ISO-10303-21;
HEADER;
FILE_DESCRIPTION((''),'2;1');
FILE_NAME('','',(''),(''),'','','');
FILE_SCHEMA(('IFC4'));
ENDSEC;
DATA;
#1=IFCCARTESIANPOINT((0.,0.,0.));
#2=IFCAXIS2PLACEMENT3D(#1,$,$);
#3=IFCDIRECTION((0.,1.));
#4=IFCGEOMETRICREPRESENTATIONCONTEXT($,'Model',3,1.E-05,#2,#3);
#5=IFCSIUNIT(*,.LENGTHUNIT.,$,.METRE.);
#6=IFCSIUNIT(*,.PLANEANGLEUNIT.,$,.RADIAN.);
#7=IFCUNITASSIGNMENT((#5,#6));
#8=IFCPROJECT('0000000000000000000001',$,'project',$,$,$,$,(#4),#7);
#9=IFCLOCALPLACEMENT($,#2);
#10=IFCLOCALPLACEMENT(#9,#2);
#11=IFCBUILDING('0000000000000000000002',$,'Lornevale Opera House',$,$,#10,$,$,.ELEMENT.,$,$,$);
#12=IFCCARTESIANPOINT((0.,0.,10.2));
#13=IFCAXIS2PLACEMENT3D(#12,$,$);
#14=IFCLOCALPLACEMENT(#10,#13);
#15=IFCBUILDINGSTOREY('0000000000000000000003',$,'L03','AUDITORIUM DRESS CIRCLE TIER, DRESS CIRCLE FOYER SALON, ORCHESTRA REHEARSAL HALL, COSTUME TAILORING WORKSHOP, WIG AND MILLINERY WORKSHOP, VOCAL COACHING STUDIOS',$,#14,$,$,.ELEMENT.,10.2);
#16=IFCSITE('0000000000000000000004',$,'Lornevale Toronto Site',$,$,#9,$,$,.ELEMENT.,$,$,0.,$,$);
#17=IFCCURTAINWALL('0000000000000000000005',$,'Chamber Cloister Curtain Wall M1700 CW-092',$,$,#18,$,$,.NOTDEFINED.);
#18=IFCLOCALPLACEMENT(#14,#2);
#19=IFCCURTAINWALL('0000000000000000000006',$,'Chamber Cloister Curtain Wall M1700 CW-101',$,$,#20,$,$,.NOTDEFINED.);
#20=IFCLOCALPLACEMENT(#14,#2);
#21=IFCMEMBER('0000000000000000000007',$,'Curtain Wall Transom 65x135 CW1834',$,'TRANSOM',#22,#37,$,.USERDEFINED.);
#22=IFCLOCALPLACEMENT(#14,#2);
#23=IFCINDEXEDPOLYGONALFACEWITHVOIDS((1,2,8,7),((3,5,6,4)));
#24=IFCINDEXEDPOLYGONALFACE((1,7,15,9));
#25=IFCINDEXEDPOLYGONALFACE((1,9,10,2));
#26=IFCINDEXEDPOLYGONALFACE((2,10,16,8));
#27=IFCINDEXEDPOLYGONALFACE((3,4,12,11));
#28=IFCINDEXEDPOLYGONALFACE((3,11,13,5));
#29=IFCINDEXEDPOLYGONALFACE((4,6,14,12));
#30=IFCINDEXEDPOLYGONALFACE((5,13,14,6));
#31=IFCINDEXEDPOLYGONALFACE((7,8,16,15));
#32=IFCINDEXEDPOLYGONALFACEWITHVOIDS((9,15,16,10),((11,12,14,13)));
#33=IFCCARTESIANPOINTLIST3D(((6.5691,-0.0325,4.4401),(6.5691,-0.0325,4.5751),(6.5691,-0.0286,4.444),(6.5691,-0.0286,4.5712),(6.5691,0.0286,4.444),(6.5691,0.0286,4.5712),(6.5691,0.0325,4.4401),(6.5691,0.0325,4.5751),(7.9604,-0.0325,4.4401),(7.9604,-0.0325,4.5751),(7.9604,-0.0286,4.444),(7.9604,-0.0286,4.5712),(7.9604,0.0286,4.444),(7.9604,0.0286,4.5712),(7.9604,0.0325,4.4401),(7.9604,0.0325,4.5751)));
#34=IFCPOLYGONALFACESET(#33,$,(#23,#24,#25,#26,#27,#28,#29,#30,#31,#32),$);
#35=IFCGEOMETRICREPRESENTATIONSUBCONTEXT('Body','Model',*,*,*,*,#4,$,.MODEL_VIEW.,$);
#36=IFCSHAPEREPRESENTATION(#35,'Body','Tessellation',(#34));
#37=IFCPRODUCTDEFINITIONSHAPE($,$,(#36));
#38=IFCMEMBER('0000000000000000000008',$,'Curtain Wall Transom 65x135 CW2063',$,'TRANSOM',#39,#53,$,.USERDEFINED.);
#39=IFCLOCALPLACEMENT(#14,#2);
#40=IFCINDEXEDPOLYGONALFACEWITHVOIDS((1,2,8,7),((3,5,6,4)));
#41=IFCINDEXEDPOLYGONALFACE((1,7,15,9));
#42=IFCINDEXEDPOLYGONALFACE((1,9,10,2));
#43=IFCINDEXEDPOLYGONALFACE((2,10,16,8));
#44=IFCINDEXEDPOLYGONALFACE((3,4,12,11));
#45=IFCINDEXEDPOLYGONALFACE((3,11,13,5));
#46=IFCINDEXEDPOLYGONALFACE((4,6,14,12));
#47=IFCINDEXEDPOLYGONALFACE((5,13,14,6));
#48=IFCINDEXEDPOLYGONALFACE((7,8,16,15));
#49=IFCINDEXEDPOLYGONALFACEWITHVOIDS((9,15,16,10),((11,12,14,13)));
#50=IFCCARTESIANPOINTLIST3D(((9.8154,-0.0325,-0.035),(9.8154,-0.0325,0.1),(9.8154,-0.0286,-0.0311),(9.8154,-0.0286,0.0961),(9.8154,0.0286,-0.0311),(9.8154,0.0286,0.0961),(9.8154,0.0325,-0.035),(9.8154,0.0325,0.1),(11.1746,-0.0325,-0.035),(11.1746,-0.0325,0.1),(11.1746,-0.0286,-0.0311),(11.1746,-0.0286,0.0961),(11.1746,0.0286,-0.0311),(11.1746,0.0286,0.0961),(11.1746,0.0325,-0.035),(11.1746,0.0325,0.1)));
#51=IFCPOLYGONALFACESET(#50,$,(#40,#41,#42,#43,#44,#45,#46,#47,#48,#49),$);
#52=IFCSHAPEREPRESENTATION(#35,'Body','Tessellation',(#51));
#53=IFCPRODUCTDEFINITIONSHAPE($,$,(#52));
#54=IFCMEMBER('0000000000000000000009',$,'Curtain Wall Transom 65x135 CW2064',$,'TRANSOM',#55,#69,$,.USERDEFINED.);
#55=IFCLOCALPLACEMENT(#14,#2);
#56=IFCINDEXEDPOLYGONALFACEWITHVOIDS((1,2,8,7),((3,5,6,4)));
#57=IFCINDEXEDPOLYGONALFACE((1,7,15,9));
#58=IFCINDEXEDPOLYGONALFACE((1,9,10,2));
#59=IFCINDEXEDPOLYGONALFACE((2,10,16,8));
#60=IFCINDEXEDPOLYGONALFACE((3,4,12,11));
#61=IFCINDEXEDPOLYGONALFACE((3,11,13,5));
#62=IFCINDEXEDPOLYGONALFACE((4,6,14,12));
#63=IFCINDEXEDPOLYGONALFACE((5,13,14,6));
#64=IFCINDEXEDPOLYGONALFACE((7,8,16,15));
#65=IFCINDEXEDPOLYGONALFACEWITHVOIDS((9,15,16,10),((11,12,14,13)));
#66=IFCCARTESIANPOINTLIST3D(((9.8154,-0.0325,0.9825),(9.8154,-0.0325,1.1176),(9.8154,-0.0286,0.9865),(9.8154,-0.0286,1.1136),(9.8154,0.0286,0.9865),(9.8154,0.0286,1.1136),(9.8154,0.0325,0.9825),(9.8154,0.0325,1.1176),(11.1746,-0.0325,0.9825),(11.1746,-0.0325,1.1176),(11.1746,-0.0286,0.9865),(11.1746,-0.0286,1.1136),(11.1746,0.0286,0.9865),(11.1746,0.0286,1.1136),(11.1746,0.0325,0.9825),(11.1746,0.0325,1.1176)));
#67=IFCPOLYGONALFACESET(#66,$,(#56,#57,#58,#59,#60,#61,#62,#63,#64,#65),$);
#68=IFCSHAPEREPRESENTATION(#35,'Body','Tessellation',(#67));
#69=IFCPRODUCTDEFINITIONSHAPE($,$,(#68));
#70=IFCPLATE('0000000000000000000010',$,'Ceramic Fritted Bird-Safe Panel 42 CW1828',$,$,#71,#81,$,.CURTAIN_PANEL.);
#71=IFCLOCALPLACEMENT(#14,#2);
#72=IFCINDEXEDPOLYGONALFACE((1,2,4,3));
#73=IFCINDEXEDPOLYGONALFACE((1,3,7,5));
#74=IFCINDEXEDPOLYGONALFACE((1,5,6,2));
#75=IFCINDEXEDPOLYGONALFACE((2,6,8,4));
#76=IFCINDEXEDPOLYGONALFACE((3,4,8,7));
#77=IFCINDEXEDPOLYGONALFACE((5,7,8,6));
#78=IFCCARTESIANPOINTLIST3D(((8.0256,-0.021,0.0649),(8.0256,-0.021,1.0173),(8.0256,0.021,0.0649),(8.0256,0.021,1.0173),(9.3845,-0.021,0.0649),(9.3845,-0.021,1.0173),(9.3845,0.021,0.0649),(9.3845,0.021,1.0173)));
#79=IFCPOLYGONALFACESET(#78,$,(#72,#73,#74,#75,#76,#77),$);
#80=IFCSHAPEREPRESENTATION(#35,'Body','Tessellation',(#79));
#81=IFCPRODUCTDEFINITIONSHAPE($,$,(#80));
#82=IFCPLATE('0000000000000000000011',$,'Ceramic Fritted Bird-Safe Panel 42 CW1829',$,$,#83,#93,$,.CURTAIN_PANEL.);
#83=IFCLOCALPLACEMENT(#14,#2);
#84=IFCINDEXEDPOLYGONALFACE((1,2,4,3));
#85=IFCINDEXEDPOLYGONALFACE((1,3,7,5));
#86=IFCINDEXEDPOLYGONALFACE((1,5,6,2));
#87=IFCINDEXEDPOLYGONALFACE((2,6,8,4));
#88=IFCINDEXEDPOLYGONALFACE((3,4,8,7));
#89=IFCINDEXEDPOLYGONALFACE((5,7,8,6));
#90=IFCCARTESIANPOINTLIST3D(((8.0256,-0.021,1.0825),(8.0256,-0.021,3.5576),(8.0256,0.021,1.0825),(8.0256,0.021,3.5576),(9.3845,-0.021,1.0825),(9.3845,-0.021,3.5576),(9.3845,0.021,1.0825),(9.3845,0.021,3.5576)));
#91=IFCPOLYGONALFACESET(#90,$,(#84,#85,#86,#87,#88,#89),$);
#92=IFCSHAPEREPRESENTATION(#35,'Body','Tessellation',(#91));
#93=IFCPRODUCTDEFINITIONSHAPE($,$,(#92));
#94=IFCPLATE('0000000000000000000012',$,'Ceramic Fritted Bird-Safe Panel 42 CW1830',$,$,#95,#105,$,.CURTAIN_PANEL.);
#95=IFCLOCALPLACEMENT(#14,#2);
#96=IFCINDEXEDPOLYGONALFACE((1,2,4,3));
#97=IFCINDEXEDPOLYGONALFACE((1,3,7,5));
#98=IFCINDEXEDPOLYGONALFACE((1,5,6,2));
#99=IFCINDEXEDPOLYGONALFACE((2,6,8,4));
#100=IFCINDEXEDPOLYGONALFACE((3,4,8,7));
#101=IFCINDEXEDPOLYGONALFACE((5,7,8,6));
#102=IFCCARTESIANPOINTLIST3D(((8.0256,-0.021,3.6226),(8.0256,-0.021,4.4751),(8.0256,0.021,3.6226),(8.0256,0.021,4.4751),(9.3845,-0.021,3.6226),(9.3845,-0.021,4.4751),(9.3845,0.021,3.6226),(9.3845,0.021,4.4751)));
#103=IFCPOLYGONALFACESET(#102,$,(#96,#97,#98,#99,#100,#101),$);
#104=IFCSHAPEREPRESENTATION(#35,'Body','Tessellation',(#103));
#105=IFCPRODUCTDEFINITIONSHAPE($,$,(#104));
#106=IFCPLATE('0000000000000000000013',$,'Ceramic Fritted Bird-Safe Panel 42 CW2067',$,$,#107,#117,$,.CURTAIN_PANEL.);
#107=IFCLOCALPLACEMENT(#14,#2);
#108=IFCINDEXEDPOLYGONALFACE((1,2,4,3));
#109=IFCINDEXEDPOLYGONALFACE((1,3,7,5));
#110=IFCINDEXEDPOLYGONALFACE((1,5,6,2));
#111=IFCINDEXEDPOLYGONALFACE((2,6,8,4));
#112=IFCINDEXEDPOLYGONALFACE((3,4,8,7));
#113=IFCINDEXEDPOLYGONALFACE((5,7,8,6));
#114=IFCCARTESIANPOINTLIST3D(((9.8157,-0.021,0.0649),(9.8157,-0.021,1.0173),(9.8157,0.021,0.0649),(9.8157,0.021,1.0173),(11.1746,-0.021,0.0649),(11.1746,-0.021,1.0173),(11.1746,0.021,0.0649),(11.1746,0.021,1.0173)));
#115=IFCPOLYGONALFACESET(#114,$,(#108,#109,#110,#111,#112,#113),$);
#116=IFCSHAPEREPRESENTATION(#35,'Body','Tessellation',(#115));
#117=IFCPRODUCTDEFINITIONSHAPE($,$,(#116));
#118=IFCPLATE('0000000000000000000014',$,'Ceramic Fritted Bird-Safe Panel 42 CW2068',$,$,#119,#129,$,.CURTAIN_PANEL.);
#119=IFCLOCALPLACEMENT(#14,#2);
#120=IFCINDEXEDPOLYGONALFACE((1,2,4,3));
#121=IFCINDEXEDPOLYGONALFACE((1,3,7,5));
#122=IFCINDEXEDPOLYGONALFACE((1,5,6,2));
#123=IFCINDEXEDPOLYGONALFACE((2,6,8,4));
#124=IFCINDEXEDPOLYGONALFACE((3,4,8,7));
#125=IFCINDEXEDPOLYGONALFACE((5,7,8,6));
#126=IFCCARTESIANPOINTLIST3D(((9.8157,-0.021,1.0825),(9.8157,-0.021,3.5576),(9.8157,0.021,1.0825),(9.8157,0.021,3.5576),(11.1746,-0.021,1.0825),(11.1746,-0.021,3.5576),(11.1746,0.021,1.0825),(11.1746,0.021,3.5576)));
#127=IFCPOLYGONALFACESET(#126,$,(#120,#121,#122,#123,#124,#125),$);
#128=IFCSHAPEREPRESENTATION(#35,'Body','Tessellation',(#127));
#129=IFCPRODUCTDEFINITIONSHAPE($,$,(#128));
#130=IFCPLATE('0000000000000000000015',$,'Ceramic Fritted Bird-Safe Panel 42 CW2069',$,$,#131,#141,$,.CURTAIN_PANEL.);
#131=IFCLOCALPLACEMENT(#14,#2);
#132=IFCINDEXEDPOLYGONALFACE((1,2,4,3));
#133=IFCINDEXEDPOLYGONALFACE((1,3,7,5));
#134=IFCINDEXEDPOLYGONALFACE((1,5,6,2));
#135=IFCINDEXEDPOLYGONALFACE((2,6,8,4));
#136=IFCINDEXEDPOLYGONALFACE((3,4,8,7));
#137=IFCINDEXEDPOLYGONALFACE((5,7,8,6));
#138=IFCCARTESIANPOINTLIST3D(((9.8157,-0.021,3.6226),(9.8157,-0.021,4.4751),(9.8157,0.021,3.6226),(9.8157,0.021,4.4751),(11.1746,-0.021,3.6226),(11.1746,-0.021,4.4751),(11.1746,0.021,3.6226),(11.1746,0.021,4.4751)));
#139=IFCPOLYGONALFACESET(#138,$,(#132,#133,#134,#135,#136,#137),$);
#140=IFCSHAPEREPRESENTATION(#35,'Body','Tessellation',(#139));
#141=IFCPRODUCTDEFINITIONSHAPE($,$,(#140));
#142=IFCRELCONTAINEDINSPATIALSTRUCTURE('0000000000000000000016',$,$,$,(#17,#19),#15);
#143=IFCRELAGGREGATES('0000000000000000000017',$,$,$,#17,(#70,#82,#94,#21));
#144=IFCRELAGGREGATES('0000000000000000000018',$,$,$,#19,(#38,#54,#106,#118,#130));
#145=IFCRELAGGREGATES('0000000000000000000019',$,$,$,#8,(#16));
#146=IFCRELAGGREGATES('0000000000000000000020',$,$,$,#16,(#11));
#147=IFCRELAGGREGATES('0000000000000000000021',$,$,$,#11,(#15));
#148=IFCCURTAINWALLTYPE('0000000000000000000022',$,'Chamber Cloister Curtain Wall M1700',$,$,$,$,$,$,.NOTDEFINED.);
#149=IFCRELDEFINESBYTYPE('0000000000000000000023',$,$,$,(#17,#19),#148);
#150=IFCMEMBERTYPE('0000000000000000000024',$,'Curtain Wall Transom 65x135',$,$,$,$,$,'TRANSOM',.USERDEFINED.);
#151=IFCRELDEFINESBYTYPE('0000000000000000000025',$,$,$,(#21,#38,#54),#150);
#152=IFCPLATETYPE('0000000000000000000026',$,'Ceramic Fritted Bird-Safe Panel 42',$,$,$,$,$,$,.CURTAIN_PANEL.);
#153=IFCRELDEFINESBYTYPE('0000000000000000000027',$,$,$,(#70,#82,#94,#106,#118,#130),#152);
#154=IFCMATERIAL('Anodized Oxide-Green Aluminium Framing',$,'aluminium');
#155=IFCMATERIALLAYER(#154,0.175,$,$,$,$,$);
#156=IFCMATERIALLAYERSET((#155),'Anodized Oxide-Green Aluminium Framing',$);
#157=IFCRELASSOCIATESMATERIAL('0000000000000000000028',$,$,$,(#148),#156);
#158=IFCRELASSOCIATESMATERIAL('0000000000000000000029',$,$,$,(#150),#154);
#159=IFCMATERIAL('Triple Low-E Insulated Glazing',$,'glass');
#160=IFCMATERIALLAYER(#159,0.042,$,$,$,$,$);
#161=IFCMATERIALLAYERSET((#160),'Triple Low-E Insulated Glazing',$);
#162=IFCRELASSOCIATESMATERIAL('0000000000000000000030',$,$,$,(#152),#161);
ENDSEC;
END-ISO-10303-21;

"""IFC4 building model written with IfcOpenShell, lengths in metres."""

from ifc_helpers import new_model, si_unit, direction, frame, origin, origin_2d, place, context, subcontext, project, spatial, rectangle, hollow_rectangle, extrude, material, layer, layer_set, material_profile, profile_set, type_object, element, aggregate, save


model = new_model("IFC4")

# Units and contexts
model_context = context("Model", 3, precision=1e-05, world=origin(), true_north=direction((0.0, 1.0)))
body_context = subcontext(model_context, "Body", "Model", "MODEL_VIEW")
ifc_project = project(units=[si_unit("LENGTHUNIT", "METRE"), si_unit("PLANEANGLEUNIT", "RADIAN")], contexts=[model_context])

# Site, building, storey
site_placement = place(None, origin())
site = spatial("IfcSite", under=ifc_project, at=site_placement, Name="Lornevale Toronto Site", CompositionType="ELEMENT", RefElevation=0.0)
building_placement = place(site_placement, origin())
building = spatial("IfcBuilding", under=site, at=building_placement, Name="Lornevale Opera House", CompositionType="ELEMENT")
storey_placement = place(building_placement, frame((0.0, 0.0, 10.2)))
storey = spatial("IfcBuildingStorey", under=building, at=storey_placement, Name="L03", Description="AUDITORIUM DRESS CIRCLE TIER, DRESS CIRCLE FOYER SALON, ORCHESTRA REHEARSAL HALL, COSTUME TAILORING WORKSHOP, WIG AND MILLINERY WORKSHOP, VOCAL COACHING STUDIOS", CompositionType="ELEMENT", Elevation=10.2)

# Curtain wall
ifc_material_1 = material(Name="Anodized Oxide-Green Aluminium Framing", Category="aluminium")
ifc_layer_1 = layer(ifc_material_1, 0.175)
ifc_layer_set_1 = layer_set([ifc_layer_1], Name="Anodized Oxide-Green Aluminium Framing")
curtain_wall_type = type_object("IfcCurtainWallType", Name="Chamber Cloister Curtain Wall M1700", PredefinedType="NOTDEFINED", material=ifc_layer_set_1)
curtain_wall_1_placement = place(storey_placement, origin())
curtain_wall_1 = element("IfcCurtainWall", 1, at=curtain_wall_1_placement, inside=storey, type_object=curtain_wall_type, Name="Chamber Cloister Curtain Wall M1700 CW-092", PredefinedType="NOTDEFINED")

# Curtain wall
curtain_wall_2_placement = place(storey_placement, origin())
curtain_wall_2 = element("IfcCurtainWall", 2, at=curtain_wall_2_placement, inside=storey, type_object=curtain_wall_type, Name="Chamber Cloister Curtain Wall M1700 CW-101", PredefinedType="NOTDEFINED")

# Members
ifc_material_profile_1 = material_profile(ifc_material_1, hollow_rectangle(XDim=0.0649, YDim=0.135, WallThickness=0.0039, at=origin_2d()), Name="ALU65x135x4")
ifc_profile_set_1 = profile_set([ifc_material_profile_1], Name="Anodized Oxide-Green Aluminium Framing")
member_type_1 = type_object("IfcMemberType", Name="Curtain Wall Transom 65x135", ElementType="TRANSOM", PredefinedType="USERDEFINED", material=ifc_profile_set_1)
member_1_placement = place(storey_placement, frame((7.9604, 0.0, 4.5076), z_axis=(-1.0, 0.0, 0.0), x_axis=(0.0, -1.0, 0.0)))
member_1 = element("IfcMember", 3, at=member_1_placement, type_object=member_type_1, Name="Curtain Wall Transom 65x135 CW1834", ObjectType="TRANSOM", PredefinedType="USERDEFINED", context=body_context, shape_type="SweptSolid", body=[
    extrude(hollow_rectangle(XDim=0.0649, YDim=0.135, WallThickness=0.0039, at=origin_2d()), origin(), (0.0, 0.0, 1.0), 1.3914),
])
member_2_placement = place(storey_placement, frame((11.1746, 0.0, 0.0325), z_axis=(-1.0, 0.0, 0.0), x_axis=(0.0, -1.0, 0.0)))
member_2 = element("IfcMember", 4, at=member_2_placement, type_object=member_type_1, Name="Curtain Wall Transom 65x135 CW2063", ObjectType="TRANSOM", PredefinedType="USERDEFINED", context=body_context, shape_type="SweptSolid", body=[
    extrude(hollow_rectangle(XDim=0.0649, YDim=0.135, WallThickness=0.0039, at=origin_2d()), origin(), (0.0, 0.0, 1.0), 1.3591),
])
member_3_placement = place(storey_placement, frame((11.1746, 0.0, 1.05), z_axis=(-1.0, 0.0, 0.0), x_axis=(0.0, -1.0, 0.0)))
member_3 = element("IfcMember", 5, at=member_3_placement, type_object=member_type_1, Name="Curtain Wall Transom 65x135 CW2064", ObjectType="TRANSOM", PredefinedType="USERDEFINED", context=body_context, shape_type="SweptSolid", body=[
    extrude(hollow_rectangle(XDim=0.0649, YDim=0.135, WallThickness=0.0039, at=origin_2d()), origin(), (0.0, 0.0, 1.0), 1.3591),
])

# Plates
ifc_material_2 = material(Name="Triple Low-E Insulated Glazing", Category="glass")
ifc_layer_2 = layer(ifc_material_2, 0.042)
ifc_layer_set_2 = layer_set([ifc_layer_2], Name="Triple Low-E Insulated Glazing")
plate_type = type_object("IfcPlateType", Name="Ceramic Fritted Bird-Safe Panel 42", PredefinedType="CURTAIN_PANEL", material=ifc_layer_set_2)
plate_1_placement = place(storey_placement, frame((8.7051, 0.0, 0.0649), z_axis=(0.0, 0.0, 1.0), x_axis=(-1.0, 0.0, 0.0)))
plate_1 = element("IfcPlate", 6, at=plate_1_placement, type_object=plate_type, Name="Ceramic Fritted Bird-Safe Panel 42 CW1828", PredefinedType="CURTAIN_PANEL", context=body_context, shape_type="SweptSolid", body=[
    extrude(rectangle(XDim=1.3589, YDim=0.042, at=origin_2d()), origin(), (0.0, 0.0, 1.0), 0.9524),
])
plate_2_placement = place(storey_placement, frame((8.7051, 0.0, 1.0825), z_axis=(0.0, 0.0, 1.0), x_axis=(-1.0, 0.0, 0.0)))
plate_2 = element("IfcPlate", 7, at=plate_2_placement, type_object=plate_type, Name="Ceramic Fritted Bird-Safe Panel 42 CW1829", PredefinedType="CURTAIN_PANEL", context=body_context, shape_type="SweptSolid", body=[
    extrude(rectangle(XDim=1.3589, YDim=0.042, at=origin_2d()), origin(), (0.0, 0.0, 1.0), 2.4751),
])
plate_3_placement = place(storey_placement, frame((8.7051, 0.0, 3.6226), z_axis=(0.0, 0.0, 1.0), x_axis=(-1.0, 0.0, 0.0)))
plate_3 = element("IfcPlate", 8, at=plate_3_placement, type_object=plate_type, Name="Ceramic Fritted Bird-Safe Panel 42 CW1830", PredefinedType="CURTAIN_PANEL", context=body_context, shape_type="SweptSolid", body=[
    extrude(rectangle(XDim=1.3589, YDim=0.042, at=origin_2d()), origin(), (0.0, 0.0, 1.0), 0.8525),
])
aggregate(curtain_wall_1, [plate_1, plate_2, plate_3, member_1])
plate_4_placement = place(storey_placement, frame((10.4951, 0.0, 0.0649), z_axis=(0.0, 0.0, 1.0), x_axis=(-1.0, 0.0, 0.0)))
plate_4 = element("IfcPlate", 9, at=plate_4_placement, type_object=plate_type, Name="Ceramic Fritted Bird-Safe Panel 42 CW2067", PredefinedType="CURTAIN_PANEL", context=body_context, shape_type="SweptSolid", body=[
    extrude(rectangle(XDim=1.3589, YDim=0.042, at=origin_2d()), origin(), (0.0, 0.0, 1.0), 0.9524),
])
plate_5_placement = place(storey_placement, frame((10.4951, 0.0, 1.0825), z_axis=(0.0, 0.0, 1.0), x_axis=(-1.0, 0.0, 0.0)))
plate_5 = element("IfcPlate", 10, at=plate_5_placement, type_object=plate_type, Name="Ceramic Fritted Bird-Safe Panel 42 CW2068", PredefinedType="CURTAIN_PANEL", context=body_context, shape_type="SweptSolid", body=[
    extrude(rectangle(XDim=1.3589, YDim=0.042, at=origin_2d()), origin(), (0.0, 0.0, 1.0), 2.4751),
])
plate_6_placement = place(storey_placement, frame((10.4951, 0.0, 3.6226), z_axis=(0.0, 0.0, 1.0), x_axis=(-1.0, 0.0, 0.0)))
plate_6 = element("IfcPlate", 11, at=plate_6_placement, type_object=plate_type, Name="Ceramic Fritted Bird-Safe Panel 42 CW2069", PredefinedType="CURTAIN_PANEL", context=body_context, shape_type="SweptSolid", body=[
    extrude(rectangle(XDim=1.3589, YDim=0.042, at=origin_2d()), origin(), (0.0, 0.0, 1.0), 0.8525),
])
aggregate(curtain_wall_2, [member_2, member_3, plate_4, plate_5, plate_6])

save(model, "model.ifc")
